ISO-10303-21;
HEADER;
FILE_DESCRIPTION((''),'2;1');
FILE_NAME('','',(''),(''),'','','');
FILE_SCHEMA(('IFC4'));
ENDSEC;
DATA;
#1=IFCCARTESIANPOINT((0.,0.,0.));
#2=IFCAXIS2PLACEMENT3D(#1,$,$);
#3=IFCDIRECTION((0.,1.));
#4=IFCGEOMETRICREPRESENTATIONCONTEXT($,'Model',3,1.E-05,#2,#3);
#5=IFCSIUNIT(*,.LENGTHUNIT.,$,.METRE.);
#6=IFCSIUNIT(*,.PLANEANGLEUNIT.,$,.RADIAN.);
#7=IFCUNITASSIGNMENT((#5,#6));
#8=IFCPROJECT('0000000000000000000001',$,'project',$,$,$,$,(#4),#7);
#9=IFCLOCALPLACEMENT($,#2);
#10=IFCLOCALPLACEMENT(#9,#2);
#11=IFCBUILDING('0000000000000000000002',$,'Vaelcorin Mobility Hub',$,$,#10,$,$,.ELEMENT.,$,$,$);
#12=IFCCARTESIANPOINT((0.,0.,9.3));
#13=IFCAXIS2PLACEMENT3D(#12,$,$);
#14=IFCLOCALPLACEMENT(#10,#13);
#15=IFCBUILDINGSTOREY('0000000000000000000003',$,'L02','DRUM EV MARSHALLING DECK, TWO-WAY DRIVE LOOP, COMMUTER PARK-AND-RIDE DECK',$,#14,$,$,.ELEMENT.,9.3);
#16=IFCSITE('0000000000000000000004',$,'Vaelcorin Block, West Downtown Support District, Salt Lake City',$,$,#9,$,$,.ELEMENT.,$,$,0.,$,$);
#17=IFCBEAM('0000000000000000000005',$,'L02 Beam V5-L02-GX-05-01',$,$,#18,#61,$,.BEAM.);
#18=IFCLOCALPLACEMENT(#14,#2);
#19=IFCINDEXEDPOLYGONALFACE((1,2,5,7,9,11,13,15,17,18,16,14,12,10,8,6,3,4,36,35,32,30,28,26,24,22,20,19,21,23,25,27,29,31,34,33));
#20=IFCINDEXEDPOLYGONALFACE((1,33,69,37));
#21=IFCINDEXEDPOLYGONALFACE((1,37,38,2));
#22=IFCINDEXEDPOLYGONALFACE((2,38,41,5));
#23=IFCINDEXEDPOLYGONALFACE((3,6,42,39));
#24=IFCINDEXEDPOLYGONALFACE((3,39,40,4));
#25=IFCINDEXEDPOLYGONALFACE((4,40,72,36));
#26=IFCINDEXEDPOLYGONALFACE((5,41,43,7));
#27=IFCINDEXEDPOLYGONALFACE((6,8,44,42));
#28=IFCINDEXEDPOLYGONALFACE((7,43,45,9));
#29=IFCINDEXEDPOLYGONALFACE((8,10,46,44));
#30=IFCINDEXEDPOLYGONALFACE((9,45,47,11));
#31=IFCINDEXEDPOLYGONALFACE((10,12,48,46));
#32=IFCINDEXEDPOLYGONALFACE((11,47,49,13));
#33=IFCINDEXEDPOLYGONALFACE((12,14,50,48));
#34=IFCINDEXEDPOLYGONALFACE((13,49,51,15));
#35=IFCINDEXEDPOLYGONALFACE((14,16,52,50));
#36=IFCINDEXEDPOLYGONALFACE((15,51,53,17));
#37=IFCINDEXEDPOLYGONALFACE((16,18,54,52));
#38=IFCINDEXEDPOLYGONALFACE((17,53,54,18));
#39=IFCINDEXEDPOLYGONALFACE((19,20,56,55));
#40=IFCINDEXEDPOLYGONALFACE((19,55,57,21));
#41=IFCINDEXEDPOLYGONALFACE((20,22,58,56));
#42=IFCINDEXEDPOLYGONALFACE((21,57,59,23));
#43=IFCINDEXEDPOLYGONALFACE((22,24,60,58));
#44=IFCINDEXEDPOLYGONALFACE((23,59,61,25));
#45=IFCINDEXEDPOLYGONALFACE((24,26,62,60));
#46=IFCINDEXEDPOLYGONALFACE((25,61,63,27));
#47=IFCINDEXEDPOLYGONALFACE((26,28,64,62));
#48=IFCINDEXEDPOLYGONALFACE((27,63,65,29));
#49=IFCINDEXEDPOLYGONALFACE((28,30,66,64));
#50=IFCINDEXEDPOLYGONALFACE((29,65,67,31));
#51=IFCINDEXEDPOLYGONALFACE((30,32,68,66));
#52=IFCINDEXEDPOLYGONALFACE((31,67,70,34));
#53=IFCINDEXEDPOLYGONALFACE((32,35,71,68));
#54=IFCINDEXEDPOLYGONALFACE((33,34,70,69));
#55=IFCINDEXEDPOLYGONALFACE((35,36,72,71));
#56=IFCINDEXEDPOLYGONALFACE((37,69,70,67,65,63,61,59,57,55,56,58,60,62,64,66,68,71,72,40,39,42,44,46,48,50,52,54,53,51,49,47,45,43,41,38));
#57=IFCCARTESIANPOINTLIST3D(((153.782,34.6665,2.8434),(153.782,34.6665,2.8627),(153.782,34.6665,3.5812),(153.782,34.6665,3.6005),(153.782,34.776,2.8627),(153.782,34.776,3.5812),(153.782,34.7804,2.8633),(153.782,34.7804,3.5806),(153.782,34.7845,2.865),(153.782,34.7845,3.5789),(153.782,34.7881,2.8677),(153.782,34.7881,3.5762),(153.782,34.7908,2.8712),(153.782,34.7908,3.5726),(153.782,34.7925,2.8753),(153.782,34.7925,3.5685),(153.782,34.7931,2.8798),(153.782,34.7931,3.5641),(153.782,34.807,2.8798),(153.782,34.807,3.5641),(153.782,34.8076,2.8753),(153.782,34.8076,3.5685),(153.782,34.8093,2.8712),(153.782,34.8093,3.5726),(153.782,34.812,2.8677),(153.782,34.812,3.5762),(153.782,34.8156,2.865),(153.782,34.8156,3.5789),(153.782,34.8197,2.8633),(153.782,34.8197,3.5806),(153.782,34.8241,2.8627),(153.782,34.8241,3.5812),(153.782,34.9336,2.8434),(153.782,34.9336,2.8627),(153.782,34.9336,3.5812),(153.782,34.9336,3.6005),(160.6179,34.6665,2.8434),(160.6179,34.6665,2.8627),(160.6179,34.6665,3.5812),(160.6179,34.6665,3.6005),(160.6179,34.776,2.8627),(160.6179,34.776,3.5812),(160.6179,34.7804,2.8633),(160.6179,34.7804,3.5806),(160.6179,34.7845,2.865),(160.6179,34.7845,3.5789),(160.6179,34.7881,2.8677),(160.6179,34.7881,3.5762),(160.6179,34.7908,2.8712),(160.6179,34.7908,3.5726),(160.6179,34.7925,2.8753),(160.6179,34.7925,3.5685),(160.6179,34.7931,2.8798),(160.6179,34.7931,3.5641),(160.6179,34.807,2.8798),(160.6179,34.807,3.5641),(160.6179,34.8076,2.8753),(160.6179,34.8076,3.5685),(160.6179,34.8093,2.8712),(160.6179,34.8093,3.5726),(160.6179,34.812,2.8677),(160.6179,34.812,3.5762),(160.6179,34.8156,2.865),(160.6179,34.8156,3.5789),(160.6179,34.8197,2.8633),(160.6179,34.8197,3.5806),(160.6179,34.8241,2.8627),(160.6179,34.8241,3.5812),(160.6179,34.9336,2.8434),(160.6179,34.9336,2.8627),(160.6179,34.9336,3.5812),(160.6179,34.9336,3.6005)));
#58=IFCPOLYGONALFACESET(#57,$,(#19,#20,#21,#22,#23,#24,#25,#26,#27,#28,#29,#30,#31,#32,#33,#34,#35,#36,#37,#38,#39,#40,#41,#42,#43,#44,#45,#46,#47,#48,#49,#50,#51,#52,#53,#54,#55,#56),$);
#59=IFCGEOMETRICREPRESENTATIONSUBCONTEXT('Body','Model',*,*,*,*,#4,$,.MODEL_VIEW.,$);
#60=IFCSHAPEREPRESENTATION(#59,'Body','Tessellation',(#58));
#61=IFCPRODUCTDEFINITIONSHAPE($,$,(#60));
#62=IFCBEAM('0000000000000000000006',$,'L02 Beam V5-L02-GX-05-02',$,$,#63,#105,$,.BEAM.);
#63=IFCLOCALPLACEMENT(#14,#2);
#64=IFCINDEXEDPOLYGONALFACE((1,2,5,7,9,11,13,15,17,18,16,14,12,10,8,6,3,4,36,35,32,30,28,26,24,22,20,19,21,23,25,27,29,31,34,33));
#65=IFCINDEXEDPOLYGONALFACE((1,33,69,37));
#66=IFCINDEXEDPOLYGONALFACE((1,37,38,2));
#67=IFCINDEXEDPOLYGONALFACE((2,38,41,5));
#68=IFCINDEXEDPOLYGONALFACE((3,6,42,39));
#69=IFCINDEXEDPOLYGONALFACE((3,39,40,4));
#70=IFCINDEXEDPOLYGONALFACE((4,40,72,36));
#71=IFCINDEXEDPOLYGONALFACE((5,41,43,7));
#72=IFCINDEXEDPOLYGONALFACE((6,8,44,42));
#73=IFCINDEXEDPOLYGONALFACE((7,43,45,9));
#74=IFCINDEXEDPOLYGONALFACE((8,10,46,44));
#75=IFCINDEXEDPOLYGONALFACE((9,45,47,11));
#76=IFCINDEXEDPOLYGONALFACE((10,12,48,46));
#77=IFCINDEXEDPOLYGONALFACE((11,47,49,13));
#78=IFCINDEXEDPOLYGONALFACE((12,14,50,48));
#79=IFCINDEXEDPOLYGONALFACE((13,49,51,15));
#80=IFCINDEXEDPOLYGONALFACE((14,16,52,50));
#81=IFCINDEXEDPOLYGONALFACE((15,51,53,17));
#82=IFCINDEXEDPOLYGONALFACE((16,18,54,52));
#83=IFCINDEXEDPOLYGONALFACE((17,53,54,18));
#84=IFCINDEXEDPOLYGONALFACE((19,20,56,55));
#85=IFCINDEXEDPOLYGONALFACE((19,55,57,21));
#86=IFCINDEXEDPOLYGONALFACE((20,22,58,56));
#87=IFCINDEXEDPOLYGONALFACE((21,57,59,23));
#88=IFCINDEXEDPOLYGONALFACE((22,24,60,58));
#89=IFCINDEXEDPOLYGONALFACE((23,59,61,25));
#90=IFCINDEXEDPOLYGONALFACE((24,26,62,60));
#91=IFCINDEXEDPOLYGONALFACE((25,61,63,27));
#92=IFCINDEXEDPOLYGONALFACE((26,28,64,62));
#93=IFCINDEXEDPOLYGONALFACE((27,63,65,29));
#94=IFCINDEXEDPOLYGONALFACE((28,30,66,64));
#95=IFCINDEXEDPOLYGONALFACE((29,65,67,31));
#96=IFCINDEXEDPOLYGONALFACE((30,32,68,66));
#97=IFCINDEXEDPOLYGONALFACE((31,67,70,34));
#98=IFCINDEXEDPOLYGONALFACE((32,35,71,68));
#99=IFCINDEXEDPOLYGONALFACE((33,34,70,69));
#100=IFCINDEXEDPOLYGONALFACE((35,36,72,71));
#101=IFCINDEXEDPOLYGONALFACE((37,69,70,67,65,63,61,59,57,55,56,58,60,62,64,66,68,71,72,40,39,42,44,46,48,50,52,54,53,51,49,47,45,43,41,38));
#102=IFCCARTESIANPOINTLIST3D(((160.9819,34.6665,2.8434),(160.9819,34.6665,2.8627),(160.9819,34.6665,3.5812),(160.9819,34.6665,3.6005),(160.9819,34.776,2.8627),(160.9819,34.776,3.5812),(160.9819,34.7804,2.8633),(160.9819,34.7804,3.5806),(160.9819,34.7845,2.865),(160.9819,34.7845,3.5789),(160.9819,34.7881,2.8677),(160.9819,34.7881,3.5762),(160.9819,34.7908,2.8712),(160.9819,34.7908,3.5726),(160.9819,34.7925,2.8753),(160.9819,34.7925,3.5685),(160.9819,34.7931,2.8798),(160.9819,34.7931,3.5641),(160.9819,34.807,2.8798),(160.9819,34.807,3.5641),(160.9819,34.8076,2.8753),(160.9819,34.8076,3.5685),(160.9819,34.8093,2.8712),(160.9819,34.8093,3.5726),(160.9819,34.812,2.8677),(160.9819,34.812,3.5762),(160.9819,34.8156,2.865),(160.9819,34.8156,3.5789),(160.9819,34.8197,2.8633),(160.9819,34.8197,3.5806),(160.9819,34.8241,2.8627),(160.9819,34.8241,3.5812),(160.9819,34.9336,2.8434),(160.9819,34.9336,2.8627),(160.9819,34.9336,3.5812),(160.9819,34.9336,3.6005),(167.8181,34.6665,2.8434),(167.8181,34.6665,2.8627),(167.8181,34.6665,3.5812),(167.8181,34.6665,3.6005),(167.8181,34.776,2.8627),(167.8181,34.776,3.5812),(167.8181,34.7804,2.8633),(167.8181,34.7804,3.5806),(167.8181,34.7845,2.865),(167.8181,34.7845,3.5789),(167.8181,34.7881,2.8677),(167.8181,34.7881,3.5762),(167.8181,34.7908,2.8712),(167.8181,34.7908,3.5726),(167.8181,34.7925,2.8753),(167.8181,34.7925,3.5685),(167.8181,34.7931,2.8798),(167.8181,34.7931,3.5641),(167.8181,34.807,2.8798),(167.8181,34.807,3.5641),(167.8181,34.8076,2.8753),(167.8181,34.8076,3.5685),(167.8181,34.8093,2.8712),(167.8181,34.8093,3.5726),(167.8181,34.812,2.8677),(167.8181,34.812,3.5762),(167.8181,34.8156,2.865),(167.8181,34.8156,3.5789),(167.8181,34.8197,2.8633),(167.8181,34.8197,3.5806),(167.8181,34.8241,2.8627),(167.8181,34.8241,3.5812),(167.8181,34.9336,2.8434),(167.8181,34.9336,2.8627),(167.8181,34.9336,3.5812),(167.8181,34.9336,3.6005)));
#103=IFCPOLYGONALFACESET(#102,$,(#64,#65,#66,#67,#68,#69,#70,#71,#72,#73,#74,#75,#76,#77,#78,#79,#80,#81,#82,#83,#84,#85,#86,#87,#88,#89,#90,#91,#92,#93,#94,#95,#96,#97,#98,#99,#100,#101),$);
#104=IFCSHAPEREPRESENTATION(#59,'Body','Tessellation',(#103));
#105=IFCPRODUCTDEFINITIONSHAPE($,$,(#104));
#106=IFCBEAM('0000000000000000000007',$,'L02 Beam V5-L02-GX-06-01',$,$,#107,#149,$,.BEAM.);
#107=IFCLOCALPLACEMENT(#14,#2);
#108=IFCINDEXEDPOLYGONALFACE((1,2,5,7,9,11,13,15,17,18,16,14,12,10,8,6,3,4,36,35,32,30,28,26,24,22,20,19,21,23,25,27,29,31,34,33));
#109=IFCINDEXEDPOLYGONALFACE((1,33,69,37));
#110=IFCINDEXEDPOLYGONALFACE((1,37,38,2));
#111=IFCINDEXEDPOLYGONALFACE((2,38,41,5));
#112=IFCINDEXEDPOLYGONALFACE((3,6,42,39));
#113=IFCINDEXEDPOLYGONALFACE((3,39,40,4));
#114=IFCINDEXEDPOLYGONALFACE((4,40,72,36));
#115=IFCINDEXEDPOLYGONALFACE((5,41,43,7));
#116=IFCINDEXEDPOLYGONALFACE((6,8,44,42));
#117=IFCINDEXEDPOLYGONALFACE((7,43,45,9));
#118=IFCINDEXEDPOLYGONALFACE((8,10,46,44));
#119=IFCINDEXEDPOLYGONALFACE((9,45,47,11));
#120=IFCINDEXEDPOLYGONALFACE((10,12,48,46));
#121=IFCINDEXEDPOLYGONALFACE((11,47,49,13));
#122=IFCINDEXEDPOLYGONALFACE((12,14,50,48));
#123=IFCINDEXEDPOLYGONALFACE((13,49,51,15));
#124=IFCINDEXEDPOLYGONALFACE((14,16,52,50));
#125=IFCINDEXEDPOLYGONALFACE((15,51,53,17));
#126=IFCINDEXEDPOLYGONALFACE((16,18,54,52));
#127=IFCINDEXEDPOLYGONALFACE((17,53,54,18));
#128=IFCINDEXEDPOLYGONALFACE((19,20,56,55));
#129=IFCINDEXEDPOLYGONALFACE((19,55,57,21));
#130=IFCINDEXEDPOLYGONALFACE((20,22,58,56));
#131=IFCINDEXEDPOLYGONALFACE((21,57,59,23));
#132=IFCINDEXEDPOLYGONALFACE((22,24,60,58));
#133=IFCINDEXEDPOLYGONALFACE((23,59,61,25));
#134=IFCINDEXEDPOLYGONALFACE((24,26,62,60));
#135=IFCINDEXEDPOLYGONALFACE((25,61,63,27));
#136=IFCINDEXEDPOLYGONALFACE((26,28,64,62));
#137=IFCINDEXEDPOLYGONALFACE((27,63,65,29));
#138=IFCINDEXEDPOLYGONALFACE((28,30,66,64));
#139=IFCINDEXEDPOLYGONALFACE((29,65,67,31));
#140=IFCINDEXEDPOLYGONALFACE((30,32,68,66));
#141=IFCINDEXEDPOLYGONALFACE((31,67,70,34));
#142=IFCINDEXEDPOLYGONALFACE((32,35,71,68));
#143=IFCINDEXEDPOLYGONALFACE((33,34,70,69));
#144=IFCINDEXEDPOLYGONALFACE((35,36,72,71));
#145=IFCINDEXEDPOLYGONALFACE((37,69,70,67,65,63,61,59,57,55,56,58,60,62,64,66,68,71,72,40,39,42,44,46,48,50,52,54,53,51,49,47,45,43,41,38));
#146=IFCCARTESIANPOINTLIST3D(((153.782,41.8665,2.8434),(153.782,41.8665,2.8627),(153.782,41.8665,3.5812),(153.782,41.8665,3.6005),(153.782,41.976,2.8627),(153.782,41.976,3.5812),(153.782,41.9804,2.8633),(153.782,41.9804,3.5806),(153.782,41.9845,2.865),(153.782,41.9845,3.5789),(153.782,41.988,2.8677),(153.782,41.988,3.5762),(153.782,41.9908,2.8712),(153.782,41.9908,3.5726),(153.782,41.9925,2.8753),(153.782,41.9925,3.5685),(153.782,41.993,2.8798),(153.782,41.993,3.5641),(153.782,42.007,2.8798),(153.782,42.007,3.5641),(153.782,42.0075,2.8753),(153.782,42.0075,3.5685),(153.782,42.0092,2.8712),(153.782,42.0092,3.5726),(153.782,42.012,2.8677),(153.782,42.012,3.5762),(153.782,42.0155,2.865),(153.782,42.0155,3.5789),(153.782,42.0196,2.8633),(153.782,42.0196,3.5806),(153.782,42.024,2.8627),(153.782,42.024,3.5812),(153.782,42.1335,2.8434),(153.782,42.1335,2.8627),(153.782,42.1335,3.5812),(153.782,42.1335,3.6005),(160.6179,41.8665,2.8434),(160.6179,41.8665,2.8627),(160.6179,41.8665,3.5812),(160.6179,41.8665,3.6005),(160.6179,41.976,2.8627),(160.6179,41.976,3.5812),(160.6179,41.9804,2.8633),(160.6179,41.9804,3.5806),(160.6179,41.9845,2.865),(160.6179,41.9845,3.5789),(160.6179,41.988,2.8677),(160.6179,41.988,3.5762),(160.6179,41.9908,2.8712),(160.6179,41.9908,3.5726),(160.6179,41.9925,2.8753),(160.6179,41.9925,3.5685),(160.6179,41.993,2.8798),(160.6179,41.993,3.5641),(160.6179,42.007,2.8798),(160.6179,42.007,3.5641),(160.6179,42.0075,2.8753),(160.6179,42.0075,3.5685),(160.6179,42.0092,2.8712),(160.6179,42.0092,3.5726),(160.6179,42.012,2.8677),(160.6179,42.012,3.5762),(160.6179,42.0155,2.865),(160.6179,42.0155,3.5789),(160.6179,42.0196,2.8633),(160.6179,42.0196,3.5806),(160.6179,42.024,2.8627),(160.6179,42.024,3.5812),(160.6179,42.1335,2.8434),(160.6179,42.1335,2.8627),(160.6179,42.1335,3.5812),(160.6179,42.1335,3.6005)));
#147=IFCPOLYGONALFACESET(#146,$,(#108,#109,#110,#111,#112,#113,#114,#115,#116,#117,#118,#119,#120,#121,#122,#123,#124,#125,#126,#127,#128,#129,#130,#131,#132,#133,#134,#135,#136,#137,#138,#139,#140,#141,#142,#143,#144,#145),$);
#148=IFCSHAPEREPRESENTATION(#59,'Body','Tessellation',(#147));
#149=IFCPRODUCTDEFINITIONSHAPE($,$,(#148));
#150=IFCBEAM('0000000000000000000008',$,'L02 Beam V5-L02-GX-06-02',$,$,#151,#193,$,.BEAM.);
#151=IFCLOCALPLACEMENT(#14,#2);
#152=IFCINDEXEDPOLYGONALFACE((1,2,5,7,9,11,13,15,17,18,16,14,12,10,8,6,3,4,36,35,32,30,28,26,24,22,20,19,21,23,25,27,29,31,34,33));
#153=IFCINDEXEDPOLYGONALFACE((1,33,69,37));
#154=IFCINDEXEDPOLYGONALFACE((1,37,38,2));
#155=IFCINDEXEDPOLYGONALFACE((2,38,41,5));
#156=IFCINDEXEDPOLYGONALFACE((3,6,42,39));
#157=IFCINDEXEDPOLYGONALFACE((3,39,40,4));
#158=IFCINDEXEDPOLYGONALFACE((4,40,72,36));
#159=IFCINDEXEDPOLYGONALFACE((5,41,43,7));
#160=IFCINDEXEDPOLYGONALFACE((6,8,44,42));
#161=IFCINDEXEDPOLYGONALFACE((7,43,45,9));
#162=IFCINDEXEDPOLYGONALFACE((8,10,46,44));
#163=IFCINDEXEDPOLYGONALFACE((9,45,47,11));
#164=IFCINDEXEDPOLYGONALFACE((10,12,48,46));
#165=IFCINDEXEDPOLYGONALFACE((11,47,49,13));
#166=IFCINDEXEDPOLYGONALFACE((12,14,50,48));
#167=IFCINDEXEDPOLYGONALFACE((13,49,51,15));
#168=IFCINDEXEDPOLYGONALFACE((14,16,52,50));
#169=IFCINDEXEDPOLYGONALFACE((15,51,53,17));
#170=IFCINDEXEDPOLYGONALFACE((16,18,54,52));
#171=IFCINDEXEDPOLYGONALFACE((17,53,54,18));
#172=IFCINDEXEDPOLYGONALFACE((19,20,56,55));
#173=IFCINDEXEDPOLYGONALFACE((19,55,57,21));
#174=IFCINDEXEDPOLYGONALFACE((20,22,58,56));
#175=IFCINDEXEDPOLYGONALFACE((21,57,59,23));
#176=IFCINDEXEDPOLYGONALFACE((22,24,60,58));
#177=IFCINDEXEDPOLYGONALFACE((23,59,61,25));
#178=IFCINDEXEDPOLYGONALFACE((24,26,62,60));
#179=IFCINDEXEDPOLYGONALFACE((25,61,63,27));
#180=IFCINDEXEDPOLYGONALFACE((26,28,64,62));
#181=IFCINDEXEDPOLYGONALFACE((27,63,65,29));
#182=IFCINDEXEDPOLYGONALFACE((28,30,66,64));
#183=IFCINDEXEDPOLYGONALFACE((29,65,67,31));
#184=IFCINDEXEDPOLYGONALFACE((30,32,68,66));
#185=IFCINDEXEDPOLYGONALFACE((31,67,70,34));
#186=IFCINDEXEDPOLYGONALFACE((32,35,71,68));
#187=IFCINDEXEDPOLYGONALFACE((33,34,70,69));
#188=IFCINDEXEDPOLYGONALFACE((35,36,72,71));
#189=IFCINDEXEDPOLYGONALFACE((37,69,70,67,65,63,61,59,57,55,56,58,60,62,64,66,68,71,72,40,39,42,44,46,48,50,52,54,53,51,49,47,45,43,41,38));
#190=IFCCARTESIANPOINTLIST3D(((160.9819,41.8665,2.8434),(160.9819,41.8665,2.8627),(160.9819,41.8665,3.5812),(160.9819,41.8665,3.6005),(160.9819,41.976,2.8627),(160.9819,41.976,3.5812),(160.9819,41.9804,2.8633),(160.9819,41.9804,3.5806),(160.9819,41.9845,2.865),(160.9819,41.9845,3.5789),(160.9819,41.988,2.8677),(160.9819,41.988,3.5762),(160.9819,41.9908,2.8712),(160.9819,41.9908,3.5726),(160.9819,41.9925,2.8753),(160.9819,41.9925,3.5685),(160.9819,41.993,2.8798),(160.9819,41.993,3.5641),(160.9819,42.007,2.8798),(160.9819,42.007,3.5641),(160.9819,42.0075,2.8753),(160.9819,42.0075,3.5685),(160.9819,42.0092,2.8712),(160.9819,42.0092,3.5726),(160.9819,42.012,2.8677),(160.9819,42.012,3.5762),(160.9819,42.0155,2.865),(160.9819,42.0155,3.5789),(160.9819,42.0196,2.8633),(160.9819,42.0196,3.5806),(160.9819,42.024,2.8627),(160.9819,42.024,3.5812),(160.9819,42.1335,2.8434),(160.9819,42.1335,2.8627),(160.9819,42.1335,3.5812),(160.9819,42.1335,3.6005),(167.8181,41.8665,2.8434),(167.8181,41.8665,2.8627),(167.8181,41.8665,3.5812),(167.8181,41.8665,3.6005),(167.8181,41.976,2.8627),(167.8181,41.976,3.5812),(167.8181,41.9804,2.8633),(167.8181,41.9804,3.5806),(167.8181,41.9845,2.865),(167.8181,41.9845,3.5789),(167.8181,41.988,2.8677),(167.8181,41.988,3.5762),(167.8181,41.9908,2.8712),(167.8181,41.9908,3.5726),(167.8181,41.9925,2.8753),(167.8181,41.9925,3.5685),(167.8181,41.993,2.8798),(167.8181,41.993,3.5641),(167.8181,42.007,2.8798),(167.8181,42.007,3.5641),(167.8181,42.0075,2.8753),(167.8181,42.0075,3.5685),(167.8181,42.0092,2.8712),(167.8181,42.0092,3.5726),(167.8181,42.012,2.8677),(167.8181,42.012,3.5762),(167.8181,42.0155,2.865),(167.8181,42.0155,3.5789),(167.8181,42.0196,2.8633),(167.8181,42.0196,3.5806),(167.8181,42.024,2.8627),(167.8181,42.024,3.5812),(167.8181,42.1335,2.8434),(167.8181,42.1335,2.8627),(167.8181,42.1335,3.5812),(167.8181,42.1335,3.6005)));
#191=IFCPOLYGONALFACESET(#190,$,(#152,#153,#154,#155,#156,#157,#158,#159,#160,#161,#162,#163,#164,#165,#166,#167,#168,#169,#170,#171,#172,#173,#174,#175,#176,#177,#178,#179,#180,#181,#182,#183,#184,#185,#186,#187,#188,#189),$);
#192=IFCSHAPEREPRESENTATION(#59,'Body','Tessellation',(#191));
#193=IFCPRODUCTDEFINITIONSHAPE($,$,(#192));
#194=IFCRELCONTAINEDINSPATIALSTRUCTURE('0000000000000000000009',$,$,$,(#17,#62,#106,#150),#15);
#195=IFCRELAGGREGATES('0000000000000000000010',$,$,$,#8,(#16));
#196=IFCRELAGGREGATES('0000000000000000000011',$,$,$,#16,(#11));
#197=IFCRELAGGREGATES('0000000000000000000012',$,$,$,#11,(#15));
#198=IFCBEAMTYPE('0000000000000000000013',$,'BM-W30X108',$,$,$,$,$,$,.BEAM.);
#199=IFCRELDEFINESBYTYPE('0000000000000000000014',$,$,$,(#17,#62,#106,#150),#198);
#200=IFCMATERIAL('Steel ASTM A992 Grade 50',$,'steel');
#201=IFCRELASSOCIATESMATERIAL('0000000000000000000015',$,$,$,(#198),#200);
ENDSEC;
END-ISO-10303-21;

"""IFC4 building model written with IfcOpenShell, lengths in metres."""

from ifc_helpers import new_model, si_unit, direction, frame, origin, origin_2d, place, context, subcontext, project, spatial, i_section, extrude, material, material_profile, profile_set, type_object, element, save


model = new_model("IFC4")

# Units and contexts
model_context = context("Model", 3, precision=1e-05, world=origin(), true_north=direction((0.0, 1.0)))
body_context = subcontext(model_context, "Body", "Model", "MODEL_VIEW")
ifc_project = project(units=[si_unit("LENGTHUNIT", "METRE"), si_unit("PLANEANGLEUNIT", "RADIAN")], contexts=[model_context])

# Site, building, storey
site_placement = place(None, origin())
site = spatial("IfcSite", under=ifc_project, at=site_placement, Name="Vaelcorin Block, West Downtown Support District, Salt Lake City", CompositionType="ELEMENT", RefElevation=0.0)
building_placement = place(site_placement, origin())
building = spatial("IfcBuilding", under=site, at=building_placement, Name="Vaelcorin Mobility Hub", CompositionType="ELEMENT")
storey_placement = place(building_placement, frame((0.0, 0.0, 9.3)))
storey = spatial("IfcBuildingStorey", under=building, at=storey_placement, Name="L02", Description="DRUM EV MARSHALLING DECK, TWO-WAY DRIVE LOOP, COMMUTER PARK-AND-RIDE DECK", CompositionType="ELEMENT", Elevation=9.3)

# Shared definitions
ifc_material_1 = material(Name="Steel ASTM A992 Grade 50", Category="steel")

# Beams
ifc_material_profile_1 = material_profile(ifc_material_1, i_section(OverallWidth=0.2671, OverallDepth=0.7571, WebThickness=0.0139, FlangeThickness=0.0193, FilletRadius=0.0171, at=origin_2d()), Name="W30X108")
ifc_profile_set_1 = profile_set([ifc_material_profile_1], Name="Steel ASTM A992 Grade 50")
beam_type_1 = type_object("IfcBeamType", Name="BM-W30X108", PredefinedType="BEAM", material=ifc_profile_set_1)
beam_1_placement = place(storey_placement, frame((153.782, 34.8, 3.2219), z_axis=(1.0, 0.0, 0.0), x_axis=(0.0, 1.0, 0.0)))
element("IfcBeam", 1, at=beam_1_placement, inside=storey, type_object=beam_type_1, Name="L02 Beam V5-L02-GX-05-01", PredefinedType="BEAM", context=body_context, shape_type="SweptSolid", body=[
    extrude(i_section(OverallWidth=0.2671, OverallDepth=0.7571, WebThickness=0.0139, FlangeThickness=0.0193, FilletRadius=0.0171, at=origin_2d()), origin(), (0.0, 0.0, 1.0), 6.8359),
])
beam_2_placement = place(storey_placement, frame((160.9819, 34.8, 3.2219), z_axis=(1.0, 0.0, 0.0), x_axis=(0.0, 1.0, 0.0)))
element("IfcBeam", 2, at=beam_2_placement, inside=storey, type_object=beam_type_1, Name="L02 Beam V5-L02-GX-05-02", PredefinedType="BEAM", context=body_context, shape_type="SweptSolid", body=[
    extrude(i_section(OverallWidth=0.2671, OverallDepth=0.7571, WebThickness=0.0139, FlangeThickness=0.0193, FilletRadius=0.0171, at=origin_2d()), origin(), (0.0, 0.0, 1.0), 6.8362),
])
beam_3_placement = place(storey_placement, frame((153.782, 42.0, 3.2219), z_axis=(1.0, 0.0, 0.0), x_axis=(0.0, 1.0, 0.0)))
element("IfcBeam", 3, at=beam_3_placement, inside=storey, type_object=beam_type_1, Name="L02 Beam V5-L02-GX-06-01", PredefinedType="BEAM", context=body_context, shape_type="SweptSolid", body=[
    extrude(i_section(OverallWidth=0.2671, OverallDepth=0.7571, WebThickness=0.0139, FlangeThickness=0.0193, FilletRadius=0.0171, at=origin_2d()), origin(), (0.0, 0.0, 1.0), 6.8359),
])
beam_4_placement = place(storey_placement, frame((160.9819, 42.0, 3.2219), z_axis=(1.0, 0.0, 0.0), x_axis=(0.0, 1.0, 0.0)))
element("IfcBeam", 4, at=beam_4_placement, inside=storey, type_object=beam_type_1, Name="L02 Beam V5-L02-GX-06-02", PredefinedType="BEAM", context=body_context, shape_type="SweptSolid", body=[
    extrude(i_section(OverallWidth=0.2671, OverallDepth=0.7571, WebThickness=0.0139, FlangeThickness=0.0193, FilletRadius=0.0171, at=origin_2d()), origin(), (0.0, 0.0, 1.0), 6.8362),
])

save(model, "model.ifc")
